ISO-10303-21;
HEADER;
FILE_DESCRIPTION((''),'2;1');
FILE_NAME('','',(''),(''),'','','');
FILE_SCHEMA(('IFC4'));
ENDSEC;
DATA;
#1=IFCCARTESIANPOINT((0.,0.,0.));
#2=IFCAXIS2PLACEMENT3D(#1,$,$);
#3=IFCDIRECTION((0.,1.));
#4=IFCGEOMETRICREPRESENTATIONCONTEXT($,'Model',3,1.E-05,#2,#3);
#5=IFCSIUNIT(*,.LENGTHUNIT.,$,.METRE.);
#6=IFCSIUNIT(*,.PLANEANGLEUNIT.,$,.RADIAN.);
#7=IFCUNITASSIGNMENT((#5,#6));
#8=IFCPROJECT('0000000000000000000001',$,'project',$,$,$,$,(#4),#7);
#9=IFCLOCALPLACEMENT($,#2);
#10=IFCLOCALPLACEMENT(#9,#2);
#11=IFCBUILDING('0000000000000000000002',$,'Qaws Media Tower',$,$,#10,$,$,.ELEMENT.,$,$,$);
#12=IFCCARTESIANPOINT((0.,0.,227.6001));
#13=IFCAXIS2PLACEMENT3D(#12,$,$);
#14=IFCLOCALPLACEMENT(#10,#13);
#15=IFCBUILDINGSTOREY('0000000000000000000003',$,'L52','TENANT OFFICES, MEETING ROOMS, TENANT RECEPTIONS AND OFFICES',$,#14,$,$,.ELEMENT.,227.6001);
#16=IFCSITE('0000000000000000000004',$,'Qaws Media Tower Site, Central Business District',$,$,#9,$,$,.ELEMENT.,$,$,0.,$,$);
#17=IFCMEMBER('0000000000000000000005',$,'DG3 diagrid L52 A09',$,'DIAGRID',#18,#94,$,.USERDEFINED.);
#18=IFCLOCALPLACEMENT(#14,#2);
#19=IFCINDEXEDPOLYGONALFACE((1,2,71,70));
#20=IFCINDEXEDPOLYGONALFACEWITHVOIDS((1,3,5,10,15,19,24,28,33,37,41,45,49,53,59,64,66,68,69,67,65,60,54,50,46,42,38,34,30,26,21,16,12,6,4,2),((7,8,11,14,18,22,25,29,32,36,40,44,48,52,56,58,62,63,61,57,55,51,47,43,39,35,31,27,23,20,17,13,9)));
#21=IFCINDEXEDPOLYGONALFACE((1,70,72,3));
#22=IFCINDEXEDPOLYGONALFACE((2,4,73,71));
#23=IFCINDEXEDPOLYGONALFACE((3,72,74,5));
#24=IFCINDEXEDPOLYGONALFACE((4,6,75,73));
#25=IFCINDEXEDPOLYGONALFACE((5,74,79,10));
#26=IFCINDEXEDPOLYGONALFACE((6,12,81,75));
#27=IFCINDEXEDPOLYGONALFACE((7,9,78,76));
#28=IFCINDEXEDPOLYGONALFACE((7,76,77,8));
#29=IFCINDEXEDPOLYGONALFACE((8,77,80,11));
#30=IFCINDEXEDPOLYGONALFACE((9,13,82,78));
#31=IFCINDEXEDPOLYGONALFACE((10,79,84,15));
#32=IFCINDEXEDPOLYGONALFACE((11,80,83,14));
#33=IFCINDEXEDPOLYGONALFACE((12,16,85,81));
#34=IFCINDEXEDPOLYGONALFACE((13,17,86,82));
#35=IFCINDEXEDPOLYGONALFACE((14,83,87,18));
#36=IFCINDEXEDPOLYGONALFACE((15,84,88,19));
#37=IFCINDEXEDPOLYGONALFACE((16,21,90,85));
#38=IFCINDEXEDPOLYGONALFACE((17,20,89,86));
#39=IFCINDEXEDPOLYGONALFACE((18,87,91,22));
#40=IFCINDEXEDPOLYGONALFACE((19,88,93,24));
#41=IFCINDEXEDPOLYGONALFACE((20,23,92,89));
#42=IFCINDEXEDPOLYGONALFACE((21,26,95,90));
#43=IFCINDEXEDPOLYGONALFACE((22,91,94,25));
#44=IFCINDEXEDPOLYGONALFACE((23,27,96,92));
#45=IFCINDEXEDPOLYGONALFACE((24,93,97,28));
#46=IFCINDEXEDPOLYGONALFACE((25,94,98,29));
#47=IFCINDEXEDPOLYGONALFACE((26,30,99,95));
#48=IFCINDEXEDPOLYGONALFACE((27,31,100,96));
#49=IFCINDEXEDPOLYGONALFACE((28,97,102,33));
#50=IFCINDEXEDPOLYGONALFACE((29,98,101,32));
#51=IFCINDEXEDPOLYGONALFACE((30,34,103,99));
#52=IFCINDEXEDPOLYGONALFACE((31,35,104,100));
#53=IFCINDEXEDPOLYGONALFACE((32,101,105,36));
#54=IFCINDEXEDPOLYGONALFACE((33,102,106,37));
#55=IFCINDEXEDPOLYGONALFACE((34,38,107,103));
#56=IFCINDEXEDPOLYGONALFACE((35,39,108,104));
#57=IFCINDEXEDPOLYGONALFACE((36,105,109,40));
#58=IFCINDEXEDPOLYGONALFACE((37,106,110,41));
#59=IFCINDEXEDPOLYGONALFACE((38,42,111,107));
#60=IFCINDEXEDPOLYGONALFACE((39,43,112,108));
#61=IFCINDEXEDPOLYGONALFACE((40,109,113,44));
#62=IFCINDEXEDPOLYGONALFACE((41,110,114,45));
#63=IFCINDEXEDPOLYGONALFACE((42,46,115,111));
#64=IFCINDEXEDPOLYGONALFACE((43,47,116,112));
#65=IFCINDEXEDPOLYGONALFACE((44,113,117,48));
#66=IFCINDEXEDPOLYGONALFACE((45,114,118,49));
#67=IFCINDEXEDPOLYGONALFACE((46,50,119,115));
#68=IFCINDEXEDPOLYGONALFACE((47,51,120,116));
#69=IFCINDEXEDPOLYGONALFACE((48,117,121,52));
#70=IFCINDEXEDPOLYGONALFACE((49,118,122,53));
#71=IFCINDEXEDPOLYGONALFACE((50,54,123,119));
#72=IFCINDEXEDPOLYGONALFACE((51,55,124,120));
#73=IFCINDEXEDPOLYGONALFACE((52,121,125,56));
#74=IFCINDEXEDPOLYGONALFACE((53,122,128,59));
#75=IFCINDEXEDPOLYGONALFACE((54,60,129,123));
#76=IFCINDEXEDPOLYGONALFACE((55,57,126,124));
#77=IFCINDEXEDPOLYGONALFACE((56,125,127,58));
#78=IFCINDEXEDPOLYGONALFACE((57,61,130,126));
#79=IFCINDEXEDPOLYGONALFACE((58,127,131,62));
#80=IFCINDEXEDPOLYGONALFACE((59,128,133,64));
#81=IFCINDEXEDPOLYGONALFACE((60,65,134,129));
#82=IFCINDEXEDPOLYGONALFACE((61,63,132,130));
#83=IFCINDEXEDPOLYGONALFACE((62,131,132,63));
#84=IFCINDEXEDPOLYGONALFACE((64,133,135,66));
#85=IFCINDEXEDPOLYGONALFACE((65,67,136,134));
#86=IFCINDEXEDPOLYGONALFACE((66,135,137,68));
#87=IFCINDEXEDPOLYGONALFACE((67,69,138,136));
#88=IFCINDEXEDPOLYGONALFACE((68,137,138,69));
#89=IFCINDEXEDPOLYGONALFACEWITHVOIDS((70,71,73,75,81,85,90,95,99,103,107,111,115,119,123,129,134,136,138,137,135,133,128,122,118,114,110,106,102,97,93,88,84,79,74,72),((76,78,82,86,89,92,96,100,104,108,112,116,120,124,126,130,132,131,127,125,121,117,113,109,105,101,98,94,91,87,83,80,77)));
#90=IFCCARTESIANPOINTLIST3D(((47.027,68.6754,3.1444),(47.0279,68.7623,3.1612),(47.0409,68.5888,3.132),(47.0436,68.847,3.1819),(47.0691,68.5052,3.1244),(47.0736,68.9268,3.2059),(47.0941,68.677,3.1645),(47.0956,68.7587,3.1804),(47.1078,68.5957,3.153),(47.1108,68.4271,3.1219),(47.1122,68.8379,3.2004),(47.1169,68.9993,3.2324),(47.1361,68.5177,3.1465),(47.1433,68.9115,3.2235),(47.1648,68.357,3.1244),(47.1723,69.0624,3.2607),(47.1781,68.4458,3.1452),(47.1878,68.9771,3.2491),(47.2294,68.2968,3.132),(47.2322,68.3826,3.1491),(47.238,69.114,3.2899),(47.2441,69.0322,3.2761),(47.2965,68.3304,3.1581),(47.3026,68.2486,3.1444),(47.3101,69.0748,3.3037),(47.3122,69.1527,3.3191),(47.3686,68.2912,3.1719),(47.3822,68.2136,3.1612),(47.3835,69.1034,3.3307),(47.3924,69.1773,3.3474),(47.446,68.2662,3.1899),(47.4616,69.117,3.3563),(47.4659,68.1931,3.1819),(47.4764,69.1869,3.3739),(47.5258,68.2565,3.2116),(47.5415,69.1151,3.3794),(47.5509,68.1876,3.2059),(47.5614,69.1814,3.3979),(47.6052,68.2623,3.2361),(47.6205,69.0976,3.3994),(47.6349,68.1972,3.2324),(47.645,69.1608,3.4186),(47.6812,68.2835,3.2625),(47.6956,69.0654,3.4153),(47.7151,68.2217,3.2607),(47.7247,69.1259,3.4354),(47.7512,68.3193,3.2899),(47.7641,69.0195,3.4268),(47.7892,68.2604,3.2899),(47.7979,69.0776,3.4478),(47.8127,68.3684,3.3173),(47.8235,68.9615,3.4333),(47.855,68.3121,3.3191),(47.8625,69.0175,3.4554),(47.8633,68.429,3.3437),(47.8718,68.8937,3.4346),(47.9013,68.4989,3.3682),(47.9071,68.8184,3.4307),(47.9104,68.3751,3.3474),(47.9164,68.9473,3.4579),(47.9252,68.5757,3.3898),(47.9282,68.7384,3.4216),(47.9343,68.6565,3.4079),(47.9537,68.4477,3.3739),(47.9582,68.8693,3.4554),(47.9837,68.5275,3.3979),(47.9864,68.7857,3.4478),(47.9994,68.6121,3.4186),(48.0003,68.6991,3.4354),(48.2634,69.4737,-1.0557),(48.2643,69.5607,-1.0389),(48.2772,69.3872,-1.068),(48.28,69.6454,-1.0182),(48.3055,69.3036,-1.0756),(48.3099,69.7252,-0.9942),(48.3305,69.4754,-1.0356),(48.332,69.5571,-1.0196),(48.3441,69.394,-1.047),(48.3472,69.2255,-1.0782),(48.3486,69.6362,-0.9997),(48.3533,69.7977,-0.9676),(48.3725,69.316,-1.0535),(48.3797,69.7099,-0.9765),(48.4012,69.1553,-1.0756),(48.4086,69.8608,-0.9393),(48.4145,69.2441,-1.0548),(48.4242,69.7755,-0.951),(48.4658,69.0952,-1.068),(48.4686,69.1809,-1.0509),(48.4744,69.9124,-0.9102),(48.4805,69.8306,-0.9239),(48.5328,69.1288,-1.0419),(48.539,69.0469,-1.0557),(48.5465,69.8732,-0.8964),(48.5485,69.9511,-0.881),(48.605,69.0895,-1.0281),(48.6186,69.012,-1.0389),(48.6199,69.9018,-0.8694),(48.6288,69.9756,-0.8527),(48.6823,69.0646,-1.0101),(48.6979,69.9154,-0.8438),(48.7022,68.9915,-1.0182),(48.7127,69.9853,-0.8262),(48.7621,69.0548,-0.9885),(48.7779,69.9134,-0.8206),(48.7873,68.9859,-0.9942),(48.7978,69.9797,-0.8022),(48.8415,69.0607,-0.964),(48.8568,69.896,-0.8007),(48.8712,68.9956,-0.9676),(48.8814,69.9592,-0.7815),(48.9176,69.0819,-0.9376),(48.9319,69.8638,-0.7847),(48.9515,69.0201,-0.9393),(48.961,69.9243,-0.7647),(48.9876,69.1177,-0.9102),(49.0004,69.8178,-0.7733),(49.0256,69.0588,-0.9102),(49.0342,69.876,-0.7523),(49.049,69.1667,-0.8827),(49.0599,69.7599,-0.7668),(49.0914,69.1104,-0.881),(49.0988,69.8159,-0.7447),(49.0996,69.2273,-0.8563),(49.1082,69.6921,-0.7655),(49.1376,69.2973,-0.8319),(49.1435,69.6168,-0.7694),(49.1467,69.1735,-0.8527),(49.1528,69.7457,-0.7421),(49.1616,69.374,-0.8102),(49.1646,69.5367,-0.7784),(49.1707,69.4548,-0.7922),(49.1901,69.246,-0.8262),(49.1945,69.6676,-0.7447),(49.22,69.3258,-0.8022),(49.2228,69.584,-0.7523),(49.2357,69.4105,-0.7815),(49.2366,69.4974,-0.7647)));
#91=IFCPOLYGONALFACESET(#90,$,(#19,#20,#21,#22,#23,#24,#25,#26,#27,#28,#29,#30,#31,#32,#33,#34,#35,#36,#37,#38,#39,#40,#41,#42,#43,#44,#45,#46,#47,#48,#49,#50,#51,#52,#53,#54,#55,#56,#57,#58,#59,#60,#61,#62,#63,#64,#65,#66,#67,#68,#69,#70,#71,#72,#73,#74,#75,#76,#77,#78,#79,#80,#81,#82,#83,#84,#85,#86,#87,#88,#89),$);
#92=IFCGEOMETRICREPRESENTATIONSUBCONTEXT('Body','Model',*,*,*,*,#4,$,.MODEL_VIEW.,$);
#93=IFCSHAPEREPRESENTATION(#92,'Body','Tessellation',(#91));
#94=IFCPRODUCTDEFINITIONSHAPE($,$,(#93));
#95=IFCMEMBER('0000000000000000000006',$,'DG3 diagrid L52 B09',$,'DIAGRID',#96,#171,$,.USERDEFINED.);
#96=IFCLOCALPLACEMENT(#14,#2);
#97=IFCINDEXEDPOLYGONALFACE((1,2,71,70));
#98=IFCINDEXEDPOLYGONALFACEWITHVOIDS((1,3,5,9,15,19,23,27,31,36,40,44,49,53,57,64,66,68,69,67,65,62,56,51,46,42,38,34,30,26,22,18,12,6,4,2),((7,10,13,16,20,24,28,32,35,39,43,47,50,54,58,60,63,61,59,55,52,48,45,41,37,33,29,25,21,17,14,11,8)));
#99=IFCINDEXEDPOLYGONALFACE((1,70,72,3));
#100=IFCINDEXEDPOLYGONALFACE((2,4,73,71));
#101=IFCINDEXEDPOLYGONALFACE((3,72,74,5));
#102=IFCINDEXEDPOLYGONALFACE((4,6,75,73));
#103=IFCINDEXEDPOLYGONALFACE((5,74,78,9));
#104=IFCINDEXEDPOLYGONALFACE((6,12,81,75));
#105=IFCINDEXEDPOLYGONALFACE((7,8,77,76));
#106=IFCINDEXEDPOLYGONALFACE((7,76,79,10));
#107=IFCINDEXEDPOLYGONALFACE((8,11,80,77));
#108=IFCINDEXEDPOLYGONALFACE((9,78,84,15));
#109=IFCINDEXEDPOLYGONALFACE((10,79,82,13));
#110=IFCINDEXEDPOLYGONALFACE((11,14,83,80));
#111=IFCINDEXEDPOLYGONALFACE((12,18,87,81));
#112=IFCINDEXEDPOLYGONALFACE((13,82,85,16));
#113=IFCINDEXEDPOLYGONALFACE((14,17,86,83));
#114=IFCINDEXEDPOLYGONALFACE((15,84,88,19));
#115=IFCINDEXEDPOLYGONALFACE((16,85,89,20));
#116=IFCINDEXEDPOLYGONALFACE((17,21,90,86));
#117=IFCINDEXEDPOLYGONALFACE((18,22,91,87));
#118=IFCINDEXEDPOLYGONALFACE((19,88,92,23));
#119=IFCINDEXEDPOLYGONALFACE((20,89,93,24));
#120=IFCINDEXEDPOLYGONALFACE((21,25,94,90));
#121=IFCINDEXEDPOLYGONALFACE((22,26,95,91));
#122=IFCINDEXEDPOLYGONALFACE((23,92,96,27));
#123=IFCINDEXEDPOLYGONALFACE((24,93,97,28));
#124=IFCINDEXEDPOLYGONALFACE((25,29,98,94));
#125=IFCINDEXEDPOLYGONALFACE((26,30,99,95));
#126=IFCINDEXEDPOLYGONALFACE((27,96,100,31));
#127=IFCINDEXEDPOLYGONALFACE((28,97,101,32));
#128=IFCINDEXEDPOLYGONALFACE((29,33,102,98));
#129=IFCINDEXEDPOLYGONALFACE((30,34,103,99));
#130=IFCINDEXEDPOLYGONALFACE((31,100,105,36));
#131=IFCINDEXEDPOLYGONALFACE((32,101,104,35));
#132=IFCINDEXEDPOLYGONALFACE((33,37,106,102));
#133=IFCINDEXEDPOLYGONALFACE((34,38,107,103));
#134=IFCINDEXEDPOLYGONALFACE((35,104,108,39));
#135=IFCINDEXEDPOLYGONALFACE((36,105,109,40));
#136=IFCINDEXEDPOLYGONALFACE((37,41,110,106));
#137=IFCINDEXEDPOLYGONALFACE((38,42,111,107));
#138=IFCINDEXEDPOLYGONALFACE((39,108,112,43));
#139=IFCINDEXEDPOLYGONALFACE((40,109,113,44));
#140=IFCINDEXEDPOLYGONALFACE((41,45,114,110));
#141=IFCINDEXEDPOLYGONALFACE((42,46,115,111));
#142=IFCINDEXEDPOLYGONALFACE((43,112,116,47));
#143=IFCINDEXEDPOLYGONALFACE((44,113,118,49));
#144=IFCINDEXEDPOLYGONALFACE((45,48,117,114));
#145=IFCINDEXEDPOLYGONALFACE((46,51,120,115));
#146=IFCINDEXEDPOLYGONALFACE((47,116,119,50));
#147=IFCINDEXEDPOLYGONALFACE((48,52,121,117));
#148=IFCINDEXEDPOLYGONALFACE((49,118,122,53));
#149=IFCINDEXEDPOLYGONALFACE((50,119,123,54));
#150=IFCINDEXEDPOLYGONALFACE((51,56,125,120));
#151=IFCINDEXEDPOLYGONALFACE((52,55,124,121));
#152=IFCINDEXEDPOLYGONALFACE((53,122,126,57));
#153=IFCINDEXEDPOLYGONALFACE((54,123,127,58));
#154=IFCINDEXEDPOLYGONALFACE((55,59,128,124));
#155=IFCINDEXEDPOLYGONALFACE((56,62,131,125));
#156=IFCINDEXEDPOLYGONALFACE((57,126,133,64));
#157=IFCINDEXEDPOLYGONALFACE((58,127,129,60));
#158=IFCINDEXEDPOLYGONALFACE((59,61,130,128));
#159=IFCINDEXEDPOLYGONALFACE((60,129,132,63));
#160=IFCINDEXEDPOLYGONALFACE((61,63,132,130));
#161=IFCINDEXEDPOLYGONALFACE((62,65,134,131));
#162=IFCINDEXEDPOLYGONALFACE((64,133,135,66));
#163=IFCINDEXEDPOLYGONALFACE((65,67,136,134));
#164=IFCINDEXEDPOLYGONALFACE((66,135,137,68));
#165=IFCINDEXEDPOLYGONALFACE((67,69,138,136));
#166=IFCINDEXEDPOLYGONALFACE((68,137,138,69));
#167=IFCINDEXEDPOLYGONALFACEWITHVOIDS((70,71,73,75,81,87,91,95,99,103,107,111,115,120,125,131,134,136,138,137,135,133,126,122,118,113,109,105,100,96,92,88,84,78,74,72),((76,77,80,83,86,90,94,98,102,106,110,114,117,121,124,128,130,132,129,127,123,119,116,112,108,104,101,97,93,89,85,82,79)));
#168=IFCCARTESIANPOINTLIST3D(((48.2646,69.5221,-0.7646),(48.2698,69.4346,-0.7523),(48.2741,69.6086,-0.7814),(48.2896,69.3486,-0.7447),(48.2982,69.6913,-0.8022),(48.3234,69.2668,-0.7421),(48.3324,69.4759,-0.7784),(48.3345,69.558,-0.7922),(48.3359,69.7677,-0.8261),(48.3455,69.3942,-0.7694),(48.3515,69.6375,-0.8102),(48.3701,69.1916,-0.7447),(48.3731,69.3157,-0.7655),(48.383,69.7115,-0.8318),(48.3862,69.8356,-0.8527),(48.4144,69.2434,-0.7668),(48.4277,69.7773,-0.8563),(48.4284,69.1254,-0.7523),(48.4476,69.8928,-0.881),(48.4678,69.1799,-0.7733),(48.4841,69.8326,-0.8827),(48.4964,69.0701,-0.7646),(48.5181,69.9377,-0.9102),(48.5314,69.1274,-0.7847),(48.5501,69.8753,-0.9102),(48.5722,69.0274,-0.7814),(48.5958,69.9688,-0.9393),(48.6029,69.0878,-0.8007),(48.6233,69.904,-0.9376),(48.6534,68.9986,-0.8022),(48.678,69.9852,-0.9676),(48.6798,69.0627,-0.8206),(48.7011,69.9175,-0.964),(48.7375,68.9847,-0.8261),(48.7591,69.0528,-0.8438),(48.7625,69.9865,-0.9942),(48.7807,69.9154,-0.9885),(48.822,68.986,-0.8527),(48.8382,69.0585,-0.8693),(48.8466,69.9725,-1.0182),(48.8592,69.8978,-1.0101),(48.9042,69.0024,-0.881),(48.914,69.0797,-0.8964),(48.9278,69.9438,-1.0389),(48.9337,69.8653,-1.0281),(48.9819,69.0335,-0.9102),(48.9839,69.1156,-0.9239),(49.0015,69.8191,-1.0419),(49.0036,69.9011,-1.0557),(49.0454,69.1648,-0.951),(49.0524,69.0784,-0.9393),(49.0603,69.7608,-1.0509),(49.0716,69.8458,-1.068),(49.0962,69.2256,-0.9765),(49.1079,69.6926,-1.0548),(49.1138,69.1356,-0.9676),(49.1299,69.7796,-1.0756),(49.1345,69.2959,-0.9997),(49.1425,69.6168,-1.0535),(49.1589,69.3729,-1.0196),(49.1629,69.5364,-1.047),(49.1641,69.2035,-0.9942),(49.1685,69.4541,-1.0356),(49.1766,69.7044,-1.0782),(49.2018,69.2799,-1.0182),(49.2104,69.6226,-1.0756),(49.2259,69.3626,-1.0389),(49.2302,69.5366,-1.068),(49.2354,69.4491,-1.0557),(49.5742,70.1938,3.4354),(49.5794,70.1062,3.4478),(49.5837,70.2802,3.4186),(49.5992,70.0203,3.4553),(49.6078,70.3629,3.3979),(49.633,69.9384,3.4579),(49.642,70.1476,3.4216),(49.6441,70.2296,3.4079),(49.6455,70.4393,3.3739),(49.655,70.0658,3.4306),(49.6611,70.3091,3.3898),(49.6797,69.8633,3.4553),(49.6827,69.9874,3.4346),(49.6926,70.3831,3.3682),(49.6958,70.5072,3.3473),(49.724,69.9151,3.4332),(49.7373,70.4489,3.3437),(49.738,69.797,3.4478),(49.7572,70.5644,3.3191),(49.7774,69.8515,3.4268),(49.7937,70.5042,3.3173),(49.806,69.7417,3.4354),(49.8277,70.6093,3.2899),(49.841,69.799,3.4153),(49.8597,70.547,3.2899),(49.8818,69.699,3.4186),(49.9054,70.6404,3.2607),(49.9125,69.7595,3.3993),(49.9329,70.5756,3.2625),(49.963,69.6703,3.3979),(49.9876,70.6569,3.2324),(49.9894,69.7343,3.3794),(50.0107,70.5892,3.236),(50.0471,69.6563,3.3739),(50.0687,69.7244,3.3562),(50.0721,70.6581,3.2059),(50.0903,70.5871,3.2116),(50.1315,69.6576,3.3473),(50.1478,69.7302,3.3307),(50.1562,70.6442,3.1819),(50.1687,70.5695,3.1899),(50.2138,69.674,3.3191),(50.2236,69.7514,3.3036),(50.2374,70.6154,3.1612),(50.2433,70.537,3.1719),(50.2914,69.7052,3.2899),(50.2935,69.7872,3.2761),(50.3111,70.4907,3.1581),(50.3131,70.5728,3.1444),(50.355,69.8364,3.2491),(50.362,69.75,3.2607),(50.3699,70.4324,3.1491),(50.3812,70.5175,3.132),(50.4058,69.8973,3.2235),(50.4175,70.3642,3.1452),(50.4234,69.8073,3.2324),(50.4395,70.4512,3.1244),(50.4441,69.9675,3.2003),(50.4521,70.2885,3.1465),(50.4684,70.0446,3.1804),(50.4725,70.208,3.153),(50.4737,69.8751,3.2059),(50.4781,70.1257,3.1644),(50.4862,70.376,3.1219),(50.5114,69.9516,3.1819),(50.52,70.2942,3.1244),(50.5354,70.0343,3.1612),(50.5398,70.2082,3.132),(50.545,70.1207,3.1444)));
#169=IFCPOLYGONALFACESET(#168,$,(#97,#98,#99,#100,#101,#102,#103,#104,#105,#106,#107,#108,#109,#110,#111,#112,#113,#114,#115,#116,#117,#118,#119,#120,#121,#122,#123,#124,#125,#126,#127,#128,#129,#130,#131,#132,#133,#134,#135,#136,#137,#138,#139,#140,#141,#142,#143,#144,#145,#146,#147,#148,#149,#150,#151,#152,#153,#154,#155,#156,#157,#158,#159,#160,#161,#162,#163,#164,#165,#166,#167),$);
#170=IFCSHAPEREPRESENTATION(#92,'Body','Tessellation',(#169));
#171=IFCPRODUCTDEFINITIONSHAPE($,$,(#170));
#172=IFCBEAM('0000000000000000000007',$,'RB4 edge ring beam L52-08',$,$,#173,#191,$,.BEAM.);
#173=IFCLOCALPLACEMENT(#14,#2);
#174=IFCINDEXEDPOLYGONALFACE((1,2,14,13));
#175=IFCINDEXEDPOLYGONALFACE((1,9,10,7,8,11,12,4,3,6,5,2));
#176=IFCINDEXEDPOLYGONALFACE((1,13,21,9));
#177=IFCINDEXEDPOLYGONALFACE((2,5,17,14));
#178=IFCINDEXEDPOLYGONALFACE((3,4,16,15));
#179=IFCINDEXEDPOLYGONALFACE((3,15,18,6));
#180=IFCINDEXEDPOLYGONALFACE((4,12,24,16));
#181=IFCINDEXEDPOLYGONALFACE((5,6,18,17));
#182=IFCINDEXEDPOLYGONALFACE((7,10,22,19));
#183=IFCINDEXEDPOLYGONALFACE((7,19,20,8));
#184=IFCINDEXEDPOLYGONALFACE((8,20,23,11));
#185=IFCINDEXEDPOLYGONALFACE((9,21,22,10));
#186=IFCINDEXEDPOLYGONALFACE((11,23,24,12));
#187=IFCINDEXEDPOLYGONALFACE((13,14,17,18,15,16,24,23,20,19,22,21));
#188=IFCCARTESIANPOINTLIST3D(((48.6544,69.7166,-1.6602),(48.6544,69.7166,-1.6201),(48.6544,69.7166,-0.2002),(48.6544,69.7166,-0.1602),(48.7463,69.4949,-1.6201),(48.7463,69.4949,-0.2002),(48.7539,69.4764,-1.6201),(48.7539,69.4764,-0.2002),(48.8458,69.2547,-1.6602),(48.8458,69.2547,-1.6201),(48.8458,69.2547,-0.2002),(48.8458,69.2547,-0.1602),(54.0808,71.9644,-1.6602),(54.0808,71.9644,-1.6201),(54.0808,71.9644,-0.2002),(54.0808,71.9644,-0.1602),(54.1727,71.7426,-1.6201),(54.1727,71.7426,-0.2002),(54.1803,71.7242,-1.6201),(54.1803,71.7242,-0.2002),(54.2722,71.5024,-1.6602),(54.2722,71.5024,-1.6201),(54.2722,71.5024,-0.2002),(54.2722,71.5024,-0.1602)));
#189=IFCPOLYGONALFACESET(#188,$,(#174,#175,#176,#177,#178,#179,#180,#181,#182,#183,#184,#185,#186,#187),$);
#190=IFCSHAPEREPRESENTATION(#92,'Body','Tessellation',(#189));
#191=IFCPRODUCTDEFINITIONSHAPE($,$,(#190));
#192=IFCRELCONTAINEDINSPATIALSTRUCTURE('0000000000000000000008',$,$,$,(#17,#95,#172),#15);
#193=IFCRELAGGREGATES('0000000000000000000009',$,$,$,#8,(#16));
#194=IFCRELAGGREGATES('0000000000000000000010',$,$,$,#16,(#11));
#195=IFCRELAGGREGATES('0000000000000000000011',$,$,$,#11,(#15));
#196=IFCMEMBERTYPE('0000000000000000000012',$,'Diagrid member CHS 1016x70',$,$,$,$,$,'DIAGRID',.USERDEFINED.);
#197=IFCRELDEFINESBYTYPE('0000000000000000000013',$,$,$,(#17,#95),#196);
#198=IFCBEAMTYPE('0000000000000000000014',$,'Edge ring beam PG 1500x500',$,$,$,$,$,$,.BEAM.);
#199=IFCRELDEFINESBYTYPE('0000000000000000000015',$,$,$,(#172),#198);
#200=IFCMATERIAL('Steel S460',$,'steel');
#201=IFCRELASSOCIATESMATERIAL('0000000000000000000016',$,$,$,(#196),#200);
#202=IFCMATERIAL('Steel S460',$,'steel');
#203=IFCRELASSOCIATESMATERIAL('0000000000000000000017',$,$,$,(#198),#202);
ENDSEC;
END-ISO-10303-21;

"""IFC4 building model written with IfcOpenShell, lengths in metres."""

from ifc_helpers import new_model, si_unit, direction, frame, origin, origin_2d, place, context, subcontext, project, spatial, hollow_circle, i_section, extrude, material, material_profile, profile_set, type_object, element, save


model = new_model("IFC4")

# Units and contexts
model_context = context("Model", 3, precision=1e-05, world=origin(), true_north=direction((0.0, 1.0)))
body_context = subcontext(model_context, "Body", "Model", "MODEL_VIEW")
ifc_project = project(units=[si_unit("LENGTHUNIT", "METRE"), si_unit("PLANEANGLEUNIT", "RADIAN")], contexts=[model_context])

# Site, building, storey
site_placement = place(None, origin())
site = spatial("IfcSite", under=ifc_project, at=site_placement, Name="Qaws Media Tower Site, Central Business District", CompositionType="ELEMENT", RefElevation=0.0)
building_placement = place(site_placement, origin())
building = spatial("IfcBuilding", under=site, at=building_placement, Name="Qaws Media Tower", CompositionType="ELEMENT")
storey_placement = place(building_placement, frame((0.0, 0.0, 227.6001)))
storey = spatial("IfcBuildingStorey", under=building, at=storey_placement, Name="L52", Description="TENANT OFFICES, MEETING ROOMS, TENANT RECEPTIONS AND OFFICES", CompositionType="ELEMENT", Elevation=227.6001)

# Members
ifc_material_1 = material(Name="Steel S460", Category="steel")
ifc_material_profile_1 = material_profile(ifc_material_1, hollow_circle(Radius=0.5081, WallThickness=0.0701, at=origin_2d()), Name="CHS 1016x70")
ifc_profile_set_1 = profile_set([ifc_material_profile_1], Name="Steel S460")
member_type_1 = type_object("IfcMemberType", Name="Diagrid member CHS 1016x70", ElementType="DIAGRID", PredefinedType="USERDEFINED", material=ifc_profile_set_1)
for number, where, z_axis, x_axis, name in (
    (1, (48.75, 69.4856, -0.9102), (-0.277806, -0.179389, 0.943739), (0.542467, -0.840077, 0.0), "DG3 diagrid L52 A09"),
    (2, (48.75, 69.4856, -0.9102), (0.294262, 0.150916, 0.943734), (-0.456347, 0.889802, 0.0), "DG3 diagrid L52 B09"),
):
    element("IfcMember", number, at=place(storey_placement, frame(where, z_axis=z_axis, x_axis=x_axis)), inside=storey, type_object=member_type_1, Name=name, ObjectType="DIAGRID", PredefinedType="USERDEFINED", context=body_context, shape_type="SweptSolid", body=[
        extrude(hollow_circle(Radius=0.5081, WallThickness=0.0701, at=origin_2d()), origin(), (0.0, 0.0, 1.0), 4.4504),
    ])

# Beam
ifc_material_2 = material(Name="Steel S460", Category="steel")
ifc_material_profile_2 = material_profile(ifc_material_2, i_section(OverallWidth=0.5, OverallDepth=1.5, WebThickness=0.02, FlangeThickness=0.04, at=origin_2d()), Name="PG 1500x500")
ifc_profile_set_2 = profile_set([ifc_material_profile_2], Name="Steel S460")
beam_type_1 = type_object("IfcBeamType", Name="Edge ring beam PG 1500x500", PredefinedType="BEAM", material=ifc_profile_set_2)
beam_1_placement = place(storey_placement, frame((54.1765, 71.7334, -0.9102), z_axis=(-0.923875, -0.382693, 0.0), x_axis=(0.382693, -0.923875, 0.0)))
element("IfcBeam", 3, at=beam_1_placement, inside=storey, type_object=beam_type_1, Name="RB4 edge ring beam L52-08", PredefinedType="BEAM", context=body_context, shape_type="SweptSolid", body=[
    extrude(i_section(OverallWidth=0.5, OverallDepth=1.5, WebThickness=0.02, FlangeThickness=0.04, at=origin_2d()), origin(), (0.0, 0.0, 1.0), 5.8735),
])

save(model, "model.ifc")
